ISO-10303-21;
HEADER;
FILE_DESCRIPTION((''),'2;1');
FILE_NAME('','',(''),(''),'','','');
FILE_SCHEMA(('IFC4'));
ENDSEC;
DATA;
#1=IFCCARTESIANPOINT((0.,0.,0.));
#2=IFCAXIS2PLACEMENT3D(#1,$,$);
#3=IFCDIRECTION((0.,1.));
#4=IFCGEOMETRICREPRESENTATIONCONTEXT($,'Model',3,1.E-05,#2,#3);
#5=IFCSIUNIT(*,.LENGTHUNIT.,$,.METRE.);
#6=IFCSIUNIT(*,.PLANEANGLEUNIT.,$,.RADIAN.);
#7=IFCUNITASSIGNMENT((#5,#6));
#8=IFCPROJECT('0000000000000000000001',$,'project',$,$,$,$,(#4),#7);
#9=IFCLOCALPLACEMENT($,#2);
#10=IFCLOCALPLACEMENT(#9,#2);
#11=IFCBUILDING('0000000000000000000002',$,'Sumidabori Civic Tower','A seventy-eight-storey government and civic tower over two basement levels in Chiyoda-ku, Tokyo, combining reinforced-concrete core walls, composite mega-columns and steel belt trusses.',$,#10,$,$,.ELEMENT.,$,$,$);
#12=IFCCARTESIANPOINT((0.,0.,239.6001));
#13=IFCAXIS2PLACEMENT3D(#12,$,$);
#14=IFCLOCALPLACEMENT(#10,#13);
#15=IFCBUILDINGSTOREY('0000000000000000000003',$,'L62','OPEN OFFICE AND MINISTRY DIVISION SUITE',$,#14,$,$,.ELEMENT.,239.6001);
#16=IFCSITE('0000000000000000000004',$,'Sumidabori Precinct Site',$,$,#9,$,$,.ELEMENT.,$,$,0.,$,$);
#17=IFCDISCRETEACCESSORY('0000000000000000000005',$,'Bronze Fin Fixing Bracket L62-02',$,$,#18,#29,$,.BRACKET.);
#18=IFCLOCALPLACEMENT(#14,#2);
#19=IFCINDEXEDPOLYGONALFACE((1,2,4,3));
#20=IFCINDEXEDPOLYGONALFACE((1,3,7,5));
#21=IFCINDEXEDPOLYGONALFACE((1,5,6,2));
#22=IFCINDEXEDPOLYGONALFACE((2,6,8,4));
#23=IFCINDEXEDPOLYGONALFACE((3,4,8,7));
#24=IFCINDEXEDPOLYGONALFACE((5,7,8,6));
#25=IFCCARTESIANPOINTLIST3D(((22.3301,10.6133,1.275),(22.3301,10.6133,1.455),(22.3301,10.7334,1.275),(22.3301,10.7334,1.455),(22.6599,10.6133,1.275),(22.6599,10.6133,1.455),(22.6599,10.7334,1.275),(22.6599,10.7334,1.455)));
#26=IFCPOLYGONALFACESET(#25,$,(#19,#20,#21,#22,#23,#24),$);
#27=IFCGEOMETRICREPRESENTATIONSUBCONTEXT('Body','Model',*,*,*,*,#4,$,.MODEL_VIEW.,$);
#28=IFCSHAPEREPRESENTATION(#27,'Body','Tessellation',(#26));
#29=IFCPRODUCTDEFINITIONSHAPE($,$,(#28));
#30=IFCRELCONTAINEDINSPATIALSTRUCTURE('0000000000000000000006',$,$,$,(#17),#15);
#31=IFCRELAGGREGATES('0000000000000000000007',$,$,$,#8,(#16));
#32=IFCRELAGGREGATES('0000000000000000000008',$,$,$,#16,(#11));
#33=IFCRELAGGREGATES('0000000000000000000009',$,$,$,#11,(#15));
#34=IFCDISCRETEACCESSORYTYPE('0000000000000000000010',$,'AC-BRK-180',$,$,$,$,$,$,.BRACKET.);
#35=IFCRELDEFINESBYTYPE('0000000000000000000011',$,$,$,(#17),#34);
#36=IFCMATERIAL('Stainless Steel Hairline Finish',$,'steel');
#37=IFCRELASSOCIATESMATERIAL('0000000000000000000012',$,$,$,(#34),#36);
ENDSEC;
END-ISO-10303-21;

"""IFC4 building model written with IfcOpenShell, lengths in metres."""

from ifc_helpers import new_model, si_unit, direction, frame, origin, origin_2d, place, context, subcontext, project, spatial, rectangle, extrude, source, transform, mapped, material, material_profile, profile_set, type_object, element, save


model = new_model("IFC4")

# Units and contexts
model_context = context("Model", 3, precision=1e-05, world=origin(), true_north=direction((0.0, 1.0)))
body_context = subcontext(model_context, "Body", "Model", "MODEL_VIEW")
ifc_project = project(units=[si_unit("LENGTHUNIT", "METRE"), si_unit("PLANEANGLEUNIT", "RADIAN")], contexts=[model_context])

# Site, building, storey
site_placement = place(None, origin())
site = spatial("IfcSite", under=ifc_project, at=site_placement, Name="Sumidabori Precinct Site", CompositionType="ELEMENT", RefElevation=0.0)
building_placement = place(site_placement, origin())
building = spatial("IfcBuilding", under=site, at=building_placement, Name="Sumidabori Civic Tower", Description="A seventy-eight-storey government and civic tower over two basement levels in Chiyoda-ku, Tokyo, combining reinforced-concrete core walls, composite mega-columns and steel belt trusses.", CompositionType="ELEMENT")
storey_placement = place(building_placement, frame((0.0, 0.0, 239.6001)))
storey = spatial("IfcBuildingStorey", under=building, at=storey_placement, Name="L62", Description="OPEN OFFICE AND MINISTRY DIVISION SUITE", CompositionType="ELEMENT", Elevation=239.6001)

# Shared definitions
ifc_material_1 = material(Name="Stainless Steel Hairline Finish", Category="steel")

# Discrete accessory
ifc_material_profile_1 = material_profile(ifc_material_1, rectangle(XDim=0.1201, YDim=0.1799, at=origin_2d()), Name="STEEL BRACKET 180x120")
ifc_profile_set_1 = profile_set([ifc_material_profile_1], Name="Stainless Steel Hairline Finish")
discrete_accessory_type = type_object("IfcDiscreteAccessoryType", Name="AC-BRK-180", PredefinedType="BRACKET", material=ifc_profile_set_1)
shared_shape_1 = source(origin(), body_context, "Body", "SweptSolid", [
    extrude(rectangle(XDim=0.1201, YDim=0.1799, at=origin_2d()), origin(), (0.0, 0.0, 1.0), 0.3298),
])
discrete_accessory_placement = place(storey_placement, frame((22.3301, 10.6733, 1.365), z_axis=(1.0, 0.0, 0.0), x_axis=(0.0, 1.0, 0.0)))
element("IfcDiscreteAccessory", 1, at=discrete_accessory_placement, inside=storey, type_object=discrete_accessory_type, Name="Bronze Fin Fixing Bracket L62-02", PredefinedType="BRACKET", context=body_context, shape_type="MappedRepresentation", body=[
    mapped(shared_shape_1, transform((0.0, 0.0, 0.0), x_axis=(1.0, 0.0, 0.0), y_axis=(0.0, 1.0, 0.0), z_axis=(0.0, 0.0, 1.0), scale=1.0)),
])

save(model, "model.ifc")
